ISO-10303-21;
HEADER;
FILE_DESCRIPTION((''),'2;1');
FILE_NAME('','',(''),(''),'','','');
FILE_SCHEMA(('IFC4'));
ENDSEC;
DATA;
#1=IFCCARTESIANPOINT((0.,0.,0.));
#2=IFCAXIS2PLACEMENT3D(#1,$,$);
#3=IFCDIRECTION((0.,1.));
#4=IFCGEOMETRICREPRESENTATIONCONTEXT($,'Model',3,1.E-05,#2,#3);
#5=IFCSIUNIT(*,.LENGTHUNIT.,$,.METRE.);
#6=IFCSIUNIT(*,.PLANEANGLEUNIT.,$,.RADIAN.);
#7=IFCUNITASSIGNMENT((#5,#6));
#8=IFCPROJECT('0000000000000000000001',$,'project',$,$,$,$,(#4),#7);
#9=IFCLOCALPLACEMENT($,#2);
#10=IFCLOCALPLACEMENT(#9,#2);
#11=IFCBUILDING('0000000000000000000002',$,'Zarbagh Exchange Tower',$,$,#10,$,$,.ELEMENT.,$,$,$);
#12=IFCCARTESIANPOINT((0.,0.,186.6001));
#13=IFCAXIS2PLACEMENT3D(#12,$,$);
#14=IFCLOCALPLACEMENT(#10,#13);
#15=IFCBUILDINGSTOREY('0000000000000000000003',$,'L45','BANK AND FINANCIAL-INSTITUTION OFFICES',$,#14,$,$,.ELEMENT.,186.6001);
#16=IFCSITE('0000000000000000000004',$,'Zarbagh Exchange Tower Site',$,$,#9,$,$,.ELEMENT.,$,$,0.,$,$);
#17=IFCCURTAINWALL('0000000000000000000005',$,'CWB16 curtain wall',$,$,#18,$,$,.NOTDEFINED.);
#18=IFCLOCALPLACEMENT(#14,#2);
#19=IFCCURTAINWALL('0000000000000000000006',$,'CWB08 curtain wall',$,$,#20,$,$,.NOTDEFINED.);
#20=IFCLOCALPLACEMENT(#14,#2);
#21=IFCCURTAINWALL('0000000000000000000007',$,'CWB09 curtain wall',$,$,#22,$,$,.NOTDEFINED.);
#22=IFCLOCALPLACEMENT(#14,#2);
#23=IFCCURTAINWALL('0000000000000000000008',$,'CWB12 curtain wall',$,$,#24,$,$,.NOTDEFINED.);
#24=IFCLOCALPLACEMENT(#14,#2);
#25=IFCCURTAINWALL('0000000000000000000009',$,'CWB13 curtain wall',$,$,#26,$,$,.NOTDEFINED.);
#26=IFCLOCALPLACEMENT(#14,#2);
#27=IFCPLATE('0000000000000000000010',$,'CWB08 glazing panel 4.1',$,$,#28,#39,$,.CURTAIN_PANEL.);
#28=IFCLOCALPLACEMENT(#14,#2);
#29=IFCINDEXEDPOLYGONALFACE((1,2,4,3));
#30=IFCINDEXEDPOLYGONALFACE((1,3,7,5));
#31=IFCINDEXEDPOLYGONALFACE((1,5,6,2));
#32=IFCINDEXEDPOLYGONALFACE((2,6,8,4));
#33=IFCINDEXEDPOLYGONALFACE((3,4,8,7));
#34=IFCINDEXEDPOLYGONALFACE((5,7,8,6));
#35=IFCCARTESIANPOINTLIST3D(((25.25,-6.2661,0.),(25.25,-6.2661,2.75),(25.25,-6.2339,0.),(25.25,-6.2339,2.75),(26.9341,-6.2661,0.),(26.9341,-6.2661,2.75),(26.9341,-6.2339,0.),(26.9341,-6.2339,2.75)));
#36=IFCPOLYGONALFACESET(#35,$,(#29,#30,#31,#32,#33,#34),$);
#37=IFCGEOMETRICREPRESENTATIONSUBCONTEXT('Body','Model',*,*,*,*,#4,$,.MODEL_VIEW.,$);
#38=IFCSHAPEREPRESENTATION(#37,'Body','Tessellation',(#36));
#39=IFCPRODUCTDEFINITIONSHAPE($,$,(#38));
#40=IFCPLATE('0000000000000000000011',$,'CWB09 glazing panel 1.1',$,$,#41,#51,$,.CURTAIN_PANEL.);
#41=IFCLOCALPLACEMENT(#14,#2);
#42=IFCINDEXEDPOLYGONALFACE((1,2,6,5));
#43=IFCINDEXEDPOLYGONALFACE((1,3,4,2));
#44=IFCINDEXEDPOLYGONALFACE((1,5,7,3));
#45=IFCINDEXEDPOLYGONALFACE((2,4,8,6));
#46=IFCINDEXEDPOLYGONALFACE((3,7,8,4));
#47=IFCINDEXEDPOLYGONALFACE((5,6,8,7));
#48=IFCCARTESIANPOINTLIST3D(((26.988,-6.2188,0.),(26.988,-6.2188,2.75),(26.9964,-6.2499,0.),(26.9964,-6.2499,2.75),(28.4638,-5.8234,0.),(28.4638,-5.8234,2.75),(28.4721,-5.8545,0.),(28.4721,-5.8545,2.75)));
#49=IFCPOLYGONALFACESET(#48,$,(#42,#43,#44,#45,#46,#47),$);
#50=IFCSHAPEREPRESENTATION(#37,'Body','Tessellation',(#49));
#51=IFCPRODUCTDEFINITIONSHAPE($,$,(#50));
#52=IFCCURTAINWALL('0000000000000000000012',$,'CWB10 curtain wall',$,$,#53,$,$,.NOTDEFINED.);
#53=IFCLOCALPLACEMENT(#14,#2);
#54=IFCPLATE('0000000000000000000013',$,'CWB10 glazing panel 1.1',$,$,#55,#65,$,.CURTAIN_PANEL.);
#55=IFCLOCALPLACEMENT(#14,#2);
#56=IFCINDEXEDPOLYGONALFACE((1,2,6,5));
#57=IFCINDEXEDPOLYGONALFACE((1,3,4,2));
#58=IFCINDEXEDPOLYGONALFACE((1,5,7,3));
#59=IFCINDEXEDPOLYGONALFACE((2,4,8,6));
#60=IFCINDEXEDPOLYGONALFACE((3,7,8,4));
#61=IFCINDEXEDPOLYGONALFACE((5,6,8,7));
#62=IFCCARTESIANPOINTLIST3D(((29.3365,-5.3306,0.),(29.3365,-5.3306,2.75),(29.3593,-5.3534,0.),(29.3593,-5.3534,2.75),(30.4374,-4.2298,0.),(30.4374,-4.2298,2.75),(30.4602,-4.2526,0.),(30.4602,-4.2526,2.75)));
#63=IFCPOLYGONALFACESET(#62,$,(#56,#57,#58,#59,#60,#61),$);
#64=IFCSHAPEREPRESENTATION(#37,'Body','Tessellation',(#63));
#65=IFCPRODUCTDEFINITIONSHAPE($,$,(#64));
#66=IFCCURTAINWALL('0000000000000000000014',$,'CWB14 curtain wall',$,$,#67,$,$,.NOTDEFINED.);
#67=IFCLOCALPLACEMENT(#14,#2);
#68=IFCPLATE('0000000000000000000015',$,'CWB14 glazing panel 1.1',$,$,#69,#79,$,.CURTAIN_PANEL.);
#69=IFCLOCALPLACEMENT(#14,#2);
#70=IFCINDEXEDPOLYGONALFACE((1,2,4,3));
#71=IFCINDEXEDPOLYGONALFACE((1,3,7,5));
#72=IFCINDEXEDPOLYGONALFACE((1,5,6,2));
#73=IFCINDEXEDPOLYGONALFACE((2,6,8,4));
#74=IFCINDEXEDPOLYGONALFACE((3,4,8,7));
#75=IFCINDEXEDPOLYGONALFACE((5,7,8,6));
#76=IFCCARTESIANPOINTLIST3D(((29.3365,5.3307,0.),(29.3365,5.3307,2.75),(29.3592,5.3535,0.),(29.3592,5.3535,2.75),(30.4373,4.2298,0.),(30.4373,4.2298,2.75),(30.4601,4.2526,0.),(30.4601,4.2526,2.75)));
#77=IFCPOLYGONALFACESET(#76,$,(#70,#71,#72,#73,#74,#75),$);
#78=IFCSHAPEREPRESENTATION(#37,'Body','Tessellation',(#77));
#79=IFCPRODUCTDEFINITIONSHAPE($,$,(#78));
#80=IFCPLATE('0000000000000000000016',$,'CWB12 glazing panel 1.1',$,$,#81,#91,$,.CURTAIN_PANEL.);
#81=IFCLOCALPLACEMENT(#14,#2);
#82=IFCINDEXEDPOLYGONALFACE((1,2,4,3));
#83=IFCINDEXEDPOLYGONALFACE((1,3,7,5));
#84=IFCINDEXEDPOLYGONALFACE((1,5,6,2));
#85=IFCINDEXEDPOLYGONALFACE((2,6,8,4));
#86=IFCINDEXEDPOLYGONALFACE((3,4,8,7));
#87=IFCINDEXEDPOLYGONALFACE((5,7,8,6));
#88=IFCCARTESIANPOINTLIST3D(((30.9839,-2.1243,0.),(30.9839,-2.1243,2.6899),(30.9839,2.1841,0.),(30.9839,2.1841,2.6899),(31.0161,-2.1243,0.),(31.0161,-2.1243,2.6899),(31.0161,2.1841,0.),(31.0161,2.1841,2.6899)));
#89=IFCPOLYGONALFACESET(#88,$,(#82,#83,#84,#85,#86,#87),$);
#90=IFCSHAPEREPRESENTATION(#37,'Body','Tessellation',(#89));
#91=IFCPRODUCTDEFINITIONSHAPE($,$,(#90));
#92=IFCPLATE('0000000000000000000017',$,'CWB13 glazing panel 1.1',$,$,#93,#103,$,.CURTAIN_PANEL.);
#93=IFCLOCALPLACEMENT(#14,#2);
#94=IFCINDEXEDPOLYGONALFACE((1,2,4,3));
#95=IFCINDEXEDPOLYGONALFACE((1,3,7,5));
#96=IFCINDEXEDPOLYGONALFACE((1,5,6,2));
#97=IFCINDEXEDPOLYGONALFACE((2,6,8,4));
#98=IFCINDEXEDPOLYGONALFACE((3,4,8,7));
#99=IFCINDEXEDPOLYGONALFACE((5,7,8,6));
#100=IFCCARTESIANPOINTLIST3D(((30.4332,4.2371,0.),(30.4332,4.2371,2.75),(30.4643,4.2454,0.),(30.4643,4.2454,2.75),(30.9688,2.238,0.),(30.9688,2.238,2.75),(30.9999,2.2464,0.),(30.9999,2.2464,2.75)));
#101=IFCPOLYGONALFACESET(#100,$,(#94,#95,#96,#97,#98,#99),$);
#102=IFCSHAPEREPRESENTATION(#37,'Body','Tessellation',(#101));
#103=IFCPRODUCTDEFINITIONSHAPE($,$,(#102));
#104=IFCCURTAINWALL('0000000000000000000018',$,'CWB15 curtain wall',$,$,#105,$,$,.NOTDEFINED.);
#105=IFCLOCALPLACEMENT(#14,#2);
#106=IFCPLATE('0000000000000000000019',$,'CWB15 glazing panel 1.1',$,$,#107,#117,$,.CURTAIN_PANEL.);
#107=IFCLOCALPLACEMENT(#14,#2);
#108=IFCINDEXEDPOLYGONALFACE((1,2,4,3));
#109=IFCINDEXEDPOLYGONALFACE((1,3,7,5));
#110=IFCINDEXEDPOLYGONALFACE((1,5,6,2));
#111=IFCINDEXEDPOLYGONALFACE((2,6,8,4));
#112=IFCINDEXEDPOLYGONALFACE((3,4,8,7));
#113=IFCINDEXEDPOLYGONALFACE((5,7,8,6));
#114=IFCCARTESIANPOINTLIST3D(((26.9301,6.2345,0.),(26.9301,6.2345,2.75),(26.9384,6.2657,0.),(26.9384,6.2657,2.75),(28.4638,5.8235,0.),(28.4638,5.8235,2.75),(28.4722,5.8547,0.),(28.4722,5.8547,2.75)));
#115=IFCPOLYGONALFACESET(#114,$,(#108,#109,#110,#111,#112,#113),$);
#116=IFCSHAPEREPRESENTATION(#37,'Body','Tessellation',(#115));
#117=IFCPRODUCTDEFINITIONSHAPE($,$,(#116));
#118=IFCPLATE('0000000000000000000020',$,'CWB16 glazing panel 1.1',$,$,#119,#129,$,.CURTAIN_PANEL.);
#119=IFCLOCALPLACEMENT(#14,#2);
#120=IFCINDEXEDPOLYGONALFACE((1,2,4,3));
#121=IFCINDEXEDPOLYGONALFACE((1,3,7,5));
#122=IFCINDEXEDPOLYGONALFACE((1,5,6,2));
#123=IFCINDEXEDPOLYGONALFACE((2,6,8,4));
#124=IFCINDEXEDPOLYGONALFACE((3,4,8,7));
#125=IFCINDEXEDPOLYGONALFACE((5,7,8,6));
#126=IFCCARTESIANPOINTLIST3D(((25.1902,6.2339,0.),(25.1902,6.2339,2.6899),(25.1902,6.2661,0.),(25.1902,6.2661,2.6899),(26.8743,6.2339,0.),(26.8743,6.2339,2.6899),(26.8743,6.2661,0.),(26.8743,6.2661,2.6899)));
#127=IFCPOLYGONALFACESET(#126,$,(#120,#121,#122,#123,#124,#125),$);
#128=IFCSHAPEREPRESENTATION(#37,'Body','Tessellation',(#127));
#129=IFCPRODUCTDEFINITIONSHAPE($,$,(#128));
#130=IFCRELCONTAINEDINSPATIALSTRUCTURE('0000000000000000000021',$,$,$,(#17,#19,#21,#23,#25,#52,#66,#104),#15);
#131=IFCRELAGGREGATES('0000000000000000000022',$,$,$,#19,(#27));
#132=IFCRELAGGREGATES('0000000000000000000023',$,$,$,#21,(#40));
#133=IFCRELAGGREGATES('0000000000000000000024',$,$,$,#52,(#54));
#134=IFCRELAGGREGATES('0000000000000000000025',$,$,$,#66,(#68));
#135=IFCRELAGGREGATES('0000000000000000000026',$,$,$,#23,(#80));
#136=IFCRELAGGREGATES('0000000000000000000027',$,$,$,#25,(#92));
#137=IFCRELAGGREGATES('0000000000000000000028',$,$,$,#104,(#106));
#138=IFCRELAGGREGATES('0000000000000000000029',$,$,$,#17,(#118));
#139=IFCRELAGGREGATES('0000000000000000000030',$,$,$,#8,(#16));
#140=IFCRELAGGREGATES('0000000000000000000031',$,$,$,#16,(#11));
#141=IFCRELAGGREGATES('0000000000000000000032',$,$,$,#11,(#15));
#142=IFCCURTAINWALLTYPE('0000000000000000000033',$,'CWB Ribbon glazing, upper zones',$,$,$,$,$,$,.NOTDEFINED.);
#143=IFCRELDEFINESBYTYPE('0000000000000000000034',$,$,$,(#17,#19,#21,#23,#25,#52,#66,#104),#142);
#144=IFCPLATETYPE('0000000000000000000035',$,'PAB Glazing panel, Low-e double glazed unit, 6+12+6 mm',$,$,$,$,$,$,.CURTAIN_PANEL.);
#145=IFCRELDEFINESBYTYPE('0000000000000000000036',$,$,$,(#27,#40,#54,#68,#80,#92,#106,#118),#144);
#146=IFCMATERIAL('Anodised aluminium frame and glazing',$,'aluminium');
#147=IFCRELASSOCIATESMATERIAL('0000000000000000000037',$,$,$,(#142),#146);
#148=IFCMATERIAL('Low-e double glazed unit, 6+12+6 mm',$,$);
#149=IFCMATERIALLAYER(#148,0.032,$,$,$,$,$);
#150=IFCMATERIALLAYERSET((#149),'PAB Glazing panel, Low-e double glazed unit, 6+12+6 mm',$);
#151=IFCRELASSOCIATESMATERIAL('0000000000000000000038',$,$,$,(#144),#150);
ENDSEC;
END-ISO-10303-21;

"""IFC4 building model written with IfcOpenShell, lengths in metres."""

from ifc_helpers import new_model, si_unit, direction, frame, origin, place, context, subcontext, project, spatial, polyline, outline, extrude, source, transform, mapped, material, layer, layer_set, type_object, element, aggregate, save


model = new_model("IFC4")

# Units and contexts
model_context = context("Model", 3, precision=1e-05, world=origin(), true_north=direction((0.0, 1.0)))
body_context = subcontext(model_context, "Body", "Model", "MODEL_VIEW")
ifc_project = project(units=[si_unit("LENGTHUNIT", "METRE"), si_unit("PLANEANGLEUNIT", "RADIAN")], contexts=[model_context])

# Site, building, storey
site_placement = place(None, origin())
site = spatial("IfcSite", under=ifc_project, at=site_placement, Name="Zarbagh Exchange Tower Site", CompositionType="ELEMENT", RefElevation=0.0)
building_placement = place(site_placement, origin())
building = spatial("IfcBuilding", under=site, at=building_placement, Name="Zarbagh Exchange Tower", CompositionType="ELEMENT")
storey_placement = place(building_placement, frame((0.0, 0.0, 186.6001)))
storey = spatial("IfcBuildingStorey", under=building, at=storey_placement, Name="L45", Description="BANK AND FINANCIAL-INSTITUTION OFFICES", CompositionType="ELEMENT", Elevation=186.6001)

# Curtain wall
ifc_material_1 = material(Name="Anodised aluminium frame and glazing", Category="aluminium")
curtain_wall_type = type_object("IfcCurtainWallType", Name="CWB Ribbon glazing, upper zones", PredefinedType="NOTDEFINED", material=ifc_material_1)
curtain_wall_1_placement = place(storey_placement, origin())
curtain_wall_1 = element("IfcCurtainWall", 1, at=curtain_wall_1_placement, inside=storey, type_object=curtain_wall_type, Name="CWB16 curtain wall", PredefinedType="NOTDEFINED")
placement = place(storey_placement, origin())

# Curtain wall
curtain_wall_2_placement = place(storey_placement, origin())
curtain_wall_2 = element("IfcCurtainWall", 2, at=curtain_wall_2_placement, inside=storey, type_object=curtain_wall_type, Name="CWB08 curtain wall", PredefinedType="NOTDEFINED")

# Curtain walls
curtain_wall_3_placement = place(storey_placement, origin())
curtain_wall_3 = element("IfcCurtainWall", 3, at=curtain_wall_3_placement, inside=storey, type_object=curtain_wall_type, Name="CWB09 curtain wall", PredefinedType="NOTDEFINED")
curtain_wall_4_placement = place(storey_placement, origin())
curtain_wall_4 = element("IfcCurtainWall", 4, at=curtain_wall_4_placement, inside=storey, type_object=curtain_wall_type, Name="CWB12 curtain wall", PredefinedType="NOTDEFINED")
curtain_wall_5_placement = place(storey_placement, origin())
curtain_wall_5 = element("IfcCurtainWall", 5, at=curtain_wall_5_placement, inside=storey, type_object=curtain_wall_type, Name="CWB13 curtain wall", PredefinedType="NOTDEFINED")

# Shared definitions
ifc_material_2 = material(Name="Low-e double glazed unit, 6+12+6 mm")
ifc_layer = layer(ifc_material_2, 0.032)
ifc_layer_set = layer_set([ifc_layer], Name="PAB Glazing panel, Low-e double glazed unit, 6+12+6 mm")
plate_type = type_object("IfcPlateType", Name="PAB Glazing panel, Low-e double glazed unit, 6+12+6 mm", PredefinedType="CURTAIN_PANEL", material=ifc_layer_set)

# Plates
shared_shape_1 = source(origin(), body_context, "Body", "SweptSolid", [
    extrude(outline(polyline([(0.0, -0.0161), (1.6841, -0.0161), (1.6841, 0.0161), (0.0, 0.0161), (0.0, -0.0161)])), origin(), (0.0, 0.0, 1.0), 2.75),
])
plate_1 = element("IfcPlate", 6, at=placement, type_object=plate_type, Name="CWB08 glazing panel 4.1", PredefinedType="CURTAIN_PANEL", context=body_context, shape_type="MappedRepresentation", body=[
    mapped(shared_shape_1, transform((25.25, -6.25, 0.0), x_axis=(1.0, 0.0, 0.0), y_axis=(0.0, 1.0, 0.0), z_axis=(0.0, 0.0, 1.0))),
])
aggregate(curtain_wall_2, [plate_1])
shared_shape_2 = source(origin(), body_context, "Body", "SweptSolid", [
    extrude(outline(polyline([(0.0, -0.0161), (1.5278, -0.0161), (1.5278, 0.0161), (0.0, 0.0161), (0.0, -0.0161)])), origin(), (0.0, 0.0, 1.0), 2.75),
])
plate_2 = element("IfcPlate", 7, at=placement, type_object=plate_type, Name="CWB09 glazing panel 1.1", PredefinedType="CURTAIN_PANEL", context=body_context, shape_type="MappedRepresentation", body=[
    mapped(shared_shape_2, transform((26.9922, -6.2344, 0.0), x_axis=(0.965924, 0.258825, 0.0), y_axis=(-0.258825, 0.965924, 0.0), z_axis=(0.0, 0.0, 1.0))),
])
aggregate(curtain_wall_3, [plate_2])

# Curtain walls, plates
curtain_wall_6_placement = place(storey_placement, origin())
curtain_wall_6 = element("IfcCurtainWall", 8, at=curtain_wall_6_placement, inside=storey, type_object=curtain_wall_type, Name="CWB10 curtain wall", PredefinedType="NOTDEFINED")
shared_shape_3 = source(origin(), body_context, "Body", "SweptSolid", [
    extrude(outline(polyline([(0.0, -0.0161), (1.5569, -0.0161), (1.5569, 0.0161), (0.0, 0.0161), (0.0, -0.0161)])), origin(), (0.0, 0.0, 1.0), 2.75),
])
plate_3 = element("IfcPlate", 9, at=placement, type_object=plate_type, Name="CWB10 glazing panel 1.1", PredefinedType="CURTAIN_PANEL", context=body_context, shape_type="MappedRepresentation", body=[
    mapped(shared_shape_3, transform((29.3479, -5.342, 0.0), x_axis=(0.707107, 0.707107, 0.0), y_axis=(-0.707107, 0.707107, 0.0), z_axis=(0.0, 0.0, 1.0))),
])
aggregate(curtain_wall_6, [plate_3])
curtain_wall_7_placement = place(storey_placement, origin())
curtain_wall_7 = element("IfcCurtainWall", 10, at=curtain_wall_7_placement, inside=storey, type_object=curtain_wall_type, Name="CWB14 curtain wall", PredefinedType="NOTDEFINED")
plate_4 = element("IfcPlate", 11, at=placement, type_object=plate_type, Name="CWB14 glazing panel 1.1", PredefinedType="CURTAIN_PANEL", context=body_context, shape_type="MappedRepresentation", body=[
    mapped(shared_shape_3, transform((30.4487, 4.2412, 0.0), x_axis=(-0.707107, 0.707107, 0.0), y_axis=(-0.707107, -0.707107, 0.0), z_axis=(0.0, 0.0, 1.0))),
])
aggregate(curtain_wall_7, [plate_4])

# Plates
shared_shape_4 = source(origin(), body_context, "Body", "SweptSolid", [
    extrude(outline(polyline([(0.0, -0.0161), (4.3083, -0.0161), (4.3083, 0.0161), (0.0, 0.0161), (0.0, -0.0161)])), origin(), (0.0, 0.0, 1.0), 2.6899),
])
plate_5 = element("IfcPlate", 12, at=placement, type_object=plate_type, Name="CWB12 glazing panel 1.1", PredefinedType="CURTAIN_PANEL", context=body_context, shape_type="MappedRepresentation", body=[
    mapped(shared_shape_4, transform((31.0, -2.1243, 0.0), x_axis=(0.0, 1.0, 0.0), y_axis=(-1.0, 0.0, 0.0), z_axis=(0.0, 0.0, 1.0))),
])
aggregate(curtain_wall_4, [plate_5])
shared_shape_5 = source(origin(), body_context, "Body", "SweptSolid", [
    extrude(outline(polyline([(0.0, -0.0161), (2.0696, -0.0161), (2.0696, 0.0161), (0.0, 0.0161), (0.0, -0.0161)])), origin(), (0.0, 0.0, 1.0), 2.75),
])
plate_6 = element("IfcPlate", 13, at=placement, type_object=plate_type, Name="CWB13 glazing panel 1.1", PredefinedType="CURTAIN_PANEL", context=body_context, shape_type="MappedRepresentation", body=[
    mapped(shared_shape_5, transform((30.9844, 2.2422, 0.0), x_axis=(-0.258825, 0.965924, 0.0), y_axis=(-0.965924, -0.258825, 0.0), z_axis=(0.0, 0.0, 1.0))),
])
aggregate(curtain_wall_5, [plate_6])

# Curtain wall, plate
curtain_wall_8_placement = place(storey_placement, origin())
curtain_wall_8 = element("IfcCurtainWall", 14, at=curtain_wall_8_placement, inside=storey, type_object=curtain_wall_type, Name="CWB15 curtain wall", PredefinedType="NOTDEFINED")
shared_shape_6 = source(origin(), body_context, "Body", "SweptSolid", [
    extrude(outline(polyline([(0.0, -0.0161), (1.5879, -0.0161), (1.5879, 0.0161), (0.0, 0.0161), (0.0, -0.0161)])), origin(), (0.0, 0.0, 1.0), 2.75),
])
plate_7 = element("IfcPlate", 15, at=placement, type_object=plate_type, Name="CWB15 glazing panel 1.1", PredefinedType="CURTAIN_PANEL", context=body_context, shape_type="MappedRepresentation", body=[
    mapped(shared_shape_6, transform((28.468, 5.8391, 0.0), x_axis=(-0.965924, 0.258825, 0.0), y_axis=(-0.258825, -0.965924, 0.0), z_axis=(0.0, 0.0, 1.0))),
])
aggregate(curtain_wall_8, [plate_7])

# Plate
shared_shape_7 = source(origin(), body_context, "Body", "SweptSolid", [
    extrude(outline(polyline([(0.0, -0.0161), (1.6841, -0.0161), (1.6841, 0.0161), (0.0, 0.0161), (0.0, -0.0161)])), origin(), (0.0, 0.0, 1.0), 2.6899),
])
plate_8 = element("IfcPlate", 16, at=placement, type_object=plate_type, Name="CWB16 glazing panel 1.1", PredefinedType="CURTAIN_PANEL", context=body_context, shape_type="MappedRepresentation", body=[
    mapped(shared_shape_7, transform((26.8743, 6.25, 0.0), x_axis=(-1.0, 0.0, 0.0), y_axis=(0.0, -1.0, 0.0), z_axis=(0.0, 0.0, 1.0))),
])
aggregate(curtain_wall_1, [plate_8])

save(model, "model.ifc")
